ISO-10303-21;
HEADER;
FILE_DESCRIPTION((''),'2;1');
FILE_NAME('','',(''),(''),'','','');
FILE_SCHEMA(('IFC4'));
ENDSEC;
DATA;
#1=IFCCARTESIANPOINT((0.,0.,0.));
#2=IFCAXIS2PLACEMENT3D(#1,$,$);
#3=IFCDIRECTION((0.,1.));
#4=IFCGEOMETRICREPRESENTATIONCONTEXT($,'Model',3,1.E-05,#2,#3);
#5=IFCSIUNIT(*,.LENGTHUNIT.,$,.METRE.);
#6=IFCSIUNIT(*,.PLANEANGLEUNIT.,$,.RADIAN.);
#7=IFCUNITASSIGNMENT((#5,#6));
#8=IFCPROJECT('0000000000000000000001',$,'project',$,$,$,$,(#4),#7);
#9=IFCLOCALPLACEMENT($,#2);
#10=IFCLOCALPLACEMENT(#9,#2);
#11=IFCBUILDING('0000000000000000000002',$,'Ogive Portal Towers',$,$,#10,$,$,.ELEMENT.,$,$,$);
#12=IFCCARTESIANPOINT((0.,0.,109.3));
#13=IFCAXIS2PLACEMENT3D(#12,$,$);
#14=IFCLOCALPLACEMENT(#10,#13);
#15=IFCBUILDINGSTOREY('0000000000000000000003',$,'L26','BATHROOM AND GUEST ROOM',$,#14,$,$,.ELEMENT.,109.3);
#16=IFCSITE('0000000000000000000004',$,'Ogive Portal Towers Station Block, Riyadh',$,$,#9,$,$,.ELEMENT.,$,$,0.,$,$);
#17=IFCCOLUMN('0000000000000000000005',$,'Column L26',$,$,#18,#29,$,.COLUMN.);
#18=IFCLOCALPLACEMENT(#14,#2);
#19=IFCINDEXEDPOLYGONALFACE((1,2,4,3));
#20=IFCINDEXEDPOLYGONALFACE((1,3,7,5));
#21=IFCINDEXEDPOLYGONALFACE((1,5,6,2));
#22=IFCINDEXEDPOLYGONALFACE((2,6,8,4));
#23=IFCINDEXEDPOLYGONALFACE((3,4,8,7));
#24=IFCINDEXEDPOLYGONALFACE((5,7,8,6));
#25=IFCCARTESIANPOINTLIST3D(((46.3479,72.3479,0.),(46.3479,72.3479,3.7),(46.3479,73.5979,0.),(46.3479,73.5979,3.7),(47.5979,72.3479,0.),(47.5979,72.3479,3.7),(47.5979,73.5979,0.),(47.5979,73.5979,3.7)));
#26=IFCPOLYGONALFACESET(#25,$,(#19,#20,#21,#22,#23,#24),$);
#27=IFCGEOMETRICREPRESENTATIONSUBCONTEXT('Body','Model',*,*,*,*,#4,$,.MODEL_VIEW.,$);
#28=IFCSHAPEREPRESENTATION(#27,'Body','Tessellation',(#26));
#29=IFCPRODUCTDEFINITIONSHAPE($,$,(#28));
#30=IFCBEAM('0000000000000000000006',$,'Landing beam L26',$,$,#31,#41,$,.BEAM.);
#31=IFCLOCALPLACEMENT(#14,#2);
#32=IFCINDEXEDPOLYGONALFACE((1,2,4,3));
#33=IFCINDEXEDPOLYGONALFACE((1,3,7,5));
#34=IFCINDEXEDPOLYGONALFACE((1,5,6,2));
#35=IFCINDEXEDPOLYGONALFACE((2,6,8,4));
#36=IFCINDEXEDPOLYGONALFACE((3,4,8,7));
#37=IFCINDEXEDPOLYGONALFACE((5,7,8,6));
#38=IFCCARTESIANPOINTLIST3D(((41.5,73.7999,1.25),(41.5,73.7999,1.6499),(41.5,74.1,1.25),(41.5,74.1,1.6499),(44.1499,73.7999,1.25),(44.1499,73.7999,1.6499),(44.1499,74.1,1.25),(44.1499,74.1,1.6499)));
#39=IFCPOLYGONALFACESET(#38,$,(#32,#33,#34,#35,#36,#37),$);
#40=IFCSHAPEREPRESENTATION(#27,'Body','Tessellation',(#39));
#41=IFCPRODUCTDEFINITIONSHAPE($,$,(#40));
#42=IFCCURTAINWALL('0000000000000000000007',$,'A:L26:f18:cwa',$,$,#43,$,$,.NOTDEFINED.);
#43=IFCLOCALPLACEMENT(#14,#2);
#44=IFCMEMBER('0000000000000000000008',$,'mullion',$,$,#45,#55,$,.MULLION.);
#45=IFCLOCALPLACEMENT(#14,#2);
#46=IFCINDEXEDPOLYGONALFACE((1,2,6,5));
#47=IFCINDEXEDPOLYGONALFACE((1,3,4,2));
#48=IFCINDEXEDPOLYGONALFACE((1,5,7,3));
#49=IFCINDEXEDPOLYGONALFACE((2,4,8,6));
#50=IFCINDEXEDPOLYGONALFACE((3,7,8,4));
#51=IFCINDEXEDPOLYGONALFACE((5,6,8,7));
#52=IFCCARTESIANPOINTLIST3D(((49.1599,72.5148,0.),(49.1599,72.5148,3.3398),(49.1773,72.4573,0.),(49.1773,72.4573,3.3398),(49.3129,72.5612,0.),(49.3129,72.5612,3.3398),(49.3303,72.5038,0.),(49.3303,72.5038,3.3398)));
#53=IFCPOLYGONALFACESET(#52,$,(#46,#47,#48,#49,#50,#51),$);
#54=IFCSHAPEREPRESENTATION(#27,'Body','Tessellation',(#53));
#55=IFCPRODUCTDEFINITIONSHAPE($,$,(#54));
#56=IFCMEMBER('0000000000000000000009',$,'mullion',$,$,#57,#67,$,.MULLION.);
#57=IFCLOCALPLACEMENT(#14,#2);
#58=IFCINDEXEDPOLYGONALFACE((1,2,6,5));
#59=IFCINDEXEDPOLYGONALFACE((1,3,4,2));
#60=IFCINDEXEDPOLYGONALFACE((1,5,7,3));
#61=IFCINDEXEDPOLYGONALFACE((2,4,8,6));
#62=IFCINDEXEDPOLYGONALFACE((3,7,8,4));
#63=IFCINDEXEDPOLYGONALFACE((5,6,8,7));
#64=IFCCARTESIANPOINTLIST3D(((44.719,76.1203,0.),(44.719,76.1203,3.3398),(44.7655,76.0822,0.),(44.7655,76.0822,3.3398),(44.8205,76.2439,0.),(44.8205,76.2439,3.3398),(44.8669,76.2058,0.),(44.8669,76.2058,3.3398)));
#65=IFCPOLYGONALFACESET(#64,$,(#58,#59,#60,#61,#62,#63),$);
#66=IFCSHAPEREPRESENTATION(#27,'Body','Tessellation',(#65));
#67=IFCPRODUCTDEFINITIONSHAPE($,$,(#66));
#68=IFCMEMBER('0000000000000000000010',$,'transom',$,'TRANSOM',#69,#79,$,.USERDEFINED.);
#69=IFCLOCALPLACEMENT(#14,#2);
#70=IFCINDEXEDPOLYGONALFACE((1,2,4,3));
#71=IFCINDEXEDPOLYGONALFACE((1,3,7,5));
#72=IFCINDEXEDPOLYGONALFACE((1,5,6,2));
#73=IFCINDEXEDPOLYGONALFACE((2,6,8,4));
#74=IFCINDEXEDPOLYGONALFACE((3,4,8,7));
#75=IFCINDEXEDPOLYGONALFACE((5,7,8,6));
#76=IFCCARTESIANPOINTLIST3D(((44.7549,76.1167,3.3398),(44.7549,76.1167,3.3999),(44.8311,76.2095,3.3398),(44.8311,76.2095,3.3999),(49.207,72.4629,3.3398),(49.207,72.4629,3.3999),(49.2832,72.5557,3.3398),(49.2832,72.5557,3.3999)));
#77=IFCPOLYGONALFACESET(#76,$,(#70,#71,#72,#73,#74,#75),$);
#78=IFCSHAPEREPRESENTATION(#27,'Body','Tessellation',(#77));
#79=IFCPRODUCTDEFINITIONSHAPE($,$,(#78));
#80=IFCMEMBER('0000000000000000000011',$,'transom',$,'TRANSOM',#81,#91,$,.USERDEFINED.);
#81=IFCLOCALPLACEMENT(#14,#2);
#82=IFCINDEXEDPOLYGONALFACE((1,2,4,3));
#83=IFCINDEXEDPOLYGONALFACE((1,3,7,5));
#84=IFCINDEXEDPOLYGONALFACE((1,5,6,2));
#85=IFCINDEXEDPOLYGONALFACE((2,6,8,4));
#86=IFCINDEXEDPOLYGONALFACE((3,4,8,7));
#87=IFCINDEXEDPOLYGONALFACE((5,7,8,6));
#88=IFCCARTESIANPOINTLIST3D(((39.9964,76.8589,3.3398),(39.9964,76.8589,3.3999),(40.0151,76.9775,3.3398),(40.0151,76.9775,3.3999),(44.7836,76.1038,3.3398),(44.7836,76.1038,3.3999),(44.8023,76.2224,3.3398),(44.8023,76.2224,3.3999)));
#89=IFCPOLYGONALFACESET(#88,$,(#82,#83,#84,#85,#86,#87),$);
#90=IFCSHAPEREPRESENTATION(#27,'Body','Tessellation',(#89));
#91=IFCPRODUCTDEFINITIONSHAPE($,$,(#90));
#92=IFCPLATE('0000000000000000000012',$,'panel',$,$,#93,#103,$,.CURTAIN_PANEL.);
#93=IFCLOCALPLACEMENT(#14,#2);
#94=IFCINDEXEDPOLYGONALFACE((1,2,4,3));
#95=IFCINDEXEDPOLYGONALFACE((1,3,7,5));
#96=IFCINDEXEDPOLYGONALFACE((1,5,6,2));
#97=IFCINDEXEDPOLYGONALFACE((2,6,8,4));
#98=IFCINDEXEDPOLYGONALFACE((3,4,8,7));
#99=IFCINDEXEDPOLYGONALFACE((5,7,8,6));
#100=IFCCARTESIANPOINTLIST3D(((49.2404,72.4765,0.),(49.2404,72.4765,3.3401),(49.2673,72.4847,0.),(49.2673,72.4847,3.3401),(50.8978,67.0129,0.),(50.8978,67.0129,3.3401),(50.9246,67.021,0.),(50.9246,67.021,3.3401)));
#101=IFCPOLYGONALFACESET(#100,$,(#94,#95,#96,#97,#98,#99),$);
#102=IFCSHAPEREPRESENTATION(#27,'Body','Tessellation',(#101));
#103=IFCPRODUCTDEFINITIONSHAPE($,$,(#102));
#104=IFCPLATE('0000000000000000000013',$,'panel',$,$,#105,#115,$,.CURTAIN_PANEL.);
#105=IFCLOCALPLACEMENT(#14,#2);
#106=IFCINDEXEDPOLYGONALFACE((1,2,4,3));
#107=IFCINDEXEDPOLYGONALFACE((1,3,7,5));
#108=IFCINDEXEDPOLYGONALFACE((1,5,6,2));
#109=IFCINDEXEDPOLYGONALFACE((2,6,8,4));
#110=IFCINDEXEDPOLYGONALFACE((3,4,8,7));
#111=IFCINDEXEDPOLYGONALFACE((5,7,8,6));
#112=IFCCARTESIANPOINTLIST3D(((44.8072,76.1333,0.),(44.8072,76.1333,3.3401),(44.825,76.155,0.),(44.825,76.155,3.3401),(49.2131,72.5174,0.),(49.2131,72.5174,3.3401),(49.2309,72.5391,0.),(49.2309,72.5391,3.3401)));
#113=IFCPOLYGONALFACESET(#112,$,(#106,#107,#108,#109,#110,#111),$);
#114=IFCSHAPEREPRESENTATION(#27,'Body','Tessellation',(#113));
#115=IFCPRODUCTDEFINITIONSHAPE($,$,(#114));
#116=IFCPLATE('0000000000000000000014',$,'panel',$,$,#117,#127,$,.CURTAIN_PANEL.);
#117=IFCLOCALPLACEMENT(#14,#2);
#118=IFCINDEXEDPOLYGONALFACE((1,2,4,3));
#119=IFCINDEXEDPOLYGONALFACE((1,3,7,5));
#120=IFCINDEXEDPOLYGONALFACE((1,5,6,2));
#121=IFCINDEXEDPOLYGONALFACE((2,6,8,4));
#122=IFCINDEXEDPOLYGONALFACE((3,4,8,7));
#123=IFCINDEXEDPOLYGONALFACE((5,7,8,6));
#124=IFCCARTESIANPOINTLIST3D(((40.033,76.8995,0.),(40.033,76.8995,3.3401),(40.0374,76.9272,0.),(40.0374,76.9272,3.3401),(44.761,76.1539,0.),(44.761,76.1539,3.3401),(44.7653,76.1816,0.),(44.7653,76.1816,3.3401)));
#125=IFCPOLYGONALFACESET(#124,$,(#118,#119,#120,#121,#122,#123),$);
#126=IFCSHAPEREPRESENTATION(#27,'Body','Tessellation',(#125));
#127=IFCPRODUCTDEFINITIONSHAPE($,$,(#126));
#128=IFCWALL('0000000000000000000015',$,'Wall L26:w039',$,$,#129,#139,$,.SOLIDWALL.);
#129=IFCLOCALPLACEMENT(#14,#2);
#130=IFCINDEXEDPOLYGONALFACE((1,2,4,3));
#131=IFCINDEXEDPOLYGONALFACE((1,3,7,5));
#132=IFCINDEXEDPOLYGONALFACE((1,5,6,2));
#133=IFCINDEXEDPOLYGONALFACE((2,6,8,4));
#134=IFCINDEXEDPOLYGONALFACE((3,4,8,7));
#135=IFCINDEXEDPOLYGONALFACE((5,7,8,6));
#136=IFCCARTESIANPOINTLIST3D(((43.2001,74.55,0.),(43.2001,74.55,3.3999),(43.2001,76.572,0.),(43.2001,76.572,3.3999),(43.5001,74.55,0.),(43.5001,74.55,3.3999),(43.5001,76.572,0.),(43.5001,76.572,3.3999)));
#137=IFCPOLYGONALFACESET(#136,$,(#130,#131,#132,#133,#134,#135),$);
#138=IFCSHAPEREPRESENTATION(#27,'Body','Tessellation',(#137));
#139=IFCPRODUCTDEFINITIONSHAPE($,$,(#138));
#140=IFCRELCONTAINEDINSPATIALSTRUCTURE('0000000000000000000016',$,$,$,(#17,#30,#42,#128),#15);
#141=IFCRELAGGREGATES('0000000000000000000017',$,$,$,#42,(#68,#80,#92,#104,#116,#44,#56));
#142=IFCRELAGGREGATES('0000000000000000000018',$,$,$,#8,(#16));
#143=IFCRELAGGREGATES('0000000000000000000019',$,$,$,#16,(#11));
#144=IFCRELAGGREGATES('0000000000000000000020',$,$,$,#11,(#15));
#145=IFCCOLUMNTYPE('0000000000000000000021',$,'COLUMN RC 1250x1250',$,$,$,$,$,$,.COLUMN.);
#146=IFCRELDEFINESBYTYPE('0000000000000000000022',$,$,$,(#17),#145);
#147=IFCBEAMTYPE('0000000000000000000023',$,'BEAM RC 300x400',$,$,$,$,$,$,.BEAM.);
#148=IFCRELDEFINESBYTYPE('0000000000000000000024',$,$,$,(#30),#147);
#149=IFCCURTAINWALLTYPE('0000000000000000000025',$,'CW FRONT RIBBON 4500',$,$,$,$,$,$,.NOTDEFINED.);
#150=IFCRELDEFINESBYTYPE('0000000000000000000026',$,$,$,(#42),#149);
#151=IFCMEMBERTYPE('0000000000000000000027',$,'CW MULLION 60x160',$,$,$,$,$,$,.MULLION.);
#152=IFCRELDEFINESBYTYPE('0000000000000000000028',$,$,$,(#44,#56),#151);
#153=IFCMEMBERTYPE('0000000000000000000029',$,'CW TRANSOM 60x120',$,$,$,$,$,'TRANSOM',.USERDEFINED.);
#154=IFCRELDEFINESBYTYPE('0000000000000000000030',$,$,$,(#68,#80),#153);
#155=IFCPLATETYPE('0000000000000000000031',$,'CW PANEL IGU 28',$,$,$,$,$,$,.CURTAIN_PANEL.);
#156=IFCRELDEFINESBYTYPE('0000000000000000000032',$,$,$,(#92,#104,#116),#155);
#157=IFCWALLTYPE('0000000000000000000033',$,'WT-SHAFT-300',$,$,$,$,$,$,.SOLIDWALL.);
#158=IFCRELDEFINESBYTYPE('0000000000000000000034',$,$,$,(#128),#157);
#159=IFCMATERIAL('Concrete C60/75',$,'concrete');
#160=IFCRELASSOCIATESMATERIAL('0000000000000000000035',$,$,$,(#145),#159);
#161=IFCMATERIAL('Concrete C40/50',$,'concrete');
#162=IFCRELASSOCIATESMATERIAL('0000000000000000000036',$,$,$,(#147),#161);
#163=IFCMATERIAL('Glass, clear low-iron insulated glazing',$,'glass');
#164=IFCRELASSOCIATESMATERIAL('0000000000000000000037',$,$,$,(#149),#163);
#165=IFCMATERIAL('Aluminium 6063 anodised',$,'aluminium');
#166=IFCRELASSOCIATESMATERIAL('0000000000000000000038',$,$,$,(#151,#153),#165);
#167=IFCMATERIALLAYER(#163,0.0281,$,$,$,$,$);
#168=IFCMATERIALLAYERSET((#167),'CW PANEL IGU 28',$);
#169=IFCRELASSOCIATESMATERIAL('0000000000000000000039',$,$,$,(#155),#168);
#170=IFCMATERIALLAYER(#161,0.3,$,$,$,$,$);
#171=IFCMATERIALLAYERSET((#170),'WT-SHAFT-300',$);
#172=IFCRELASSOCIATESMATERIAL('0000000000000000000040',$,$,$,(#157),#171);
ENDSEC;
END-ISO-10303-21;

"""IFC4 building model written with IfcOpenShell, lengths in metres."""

from ifc_helpers import new_model, si_unit, direction, frame, frame_2d, origin, origin_2d, place, context, subcontext, project, spatial, rectangle, extrude, material, layer, layer_set, material_profile, profile_set, type_object, element, aggregate, save


model = new_model("IFC4")

# Units and contexts
model_context = context("Model", 3, precision=1e-05, world=origin(), true_north=direction((0.0, 1.0)))
body_context = subcontext(model_context, "Body", "Model", "MODEL_VIEW")
ifc_project = project(units=[si_unit("LENGTHUNIT", "METRE"), si_unit("PLANEANGLEUNIT", "RADIAN")], contexts=[model_context])

# Site, building, storey
site_placement = place(None, origin())
site = spatial("IfcSite", under=ifc_project, at=site_placement, Name="Ogive Portal Towers Station Block, Riyadh", CompositionType="ELEMENT", RefElevation=0.0)
building_placement = place(site_placement, origin())
building = spatial("IfcBuilding", under=site, at=building_placement, Name="Ogive Portal Towers", CompositionType="ELEMENT")
storey_placement = place(building_placement, frame((0.0, 0.0, 109.3)))
storey = spatial("IfcBuildingStorey", under=building, at=storey_placement, Name="L26", Description="BATHROOM AND GUEST ROOM", CompositionType="ELEMENT", Elevation=109.3)

# Column
ifc_material_1 = material(Name="Concrete C60/75", Category="concrete")
ifc_material_profile_1 = material_profile(ifc_material_1, rectangle(XDim=1.25, YDim=1.25, at=origin_2d()), Name="RC 1250x1250")
ifc_profile_set_1 = profile_set([ifc_material_profile_1], Name="Concrete C60/75")
column_type = type_object("IfcColumnType", Name="COLUMN RC 1250x1250", PredefinedType="COLUMN", material=ifc_profile_set_1)
column_placement = place(storey_placement, frame((46.9729, 72.9729, 0.0), z_axis=(0.0, 0.0, 1.0), x_axis=(1.0, 0.0, 0.0)))
element("IfcColumn", 1, at=column_placement, inside=storey, type_object=column_type, Name="Column L26", PredefinedType="COLUMN", context=body_context, shape_type="SweptSolid", body=[
    extrude(rectangle(XDim=1.25, YDim=1.25, at=origin_2d()), origin(), (0.0, 0.0, 1.0), 3.7),
])

# Beam
ifc_material_2 = material(Name="Concrete C40/50", Category="concrete")
ifc_material_profile_2 = material_profile(ifc_material_2, rectangle(XDim=0.3, YDim=0.3999, at=origin_2d()), Name="RC 300x400")
ifc_profile_set_2 = profile_set([ifc_material_profile_2], Name="Concrete C40/50")
beam_type = type_object("IfcBeamType", Name="BEAM RC 300x400", PredefinedType="BEAM", material=ifc_profile_set_2)
beam_placement = place(storey_placement, frame((41.5, 73.95, 1.45), z_axis=(1.0, 0.0, 0.0), x_axis=(0.0, 1.0, 0.0)))
element("IfcBeam", 2, at=beam_placement, inside=storey, type_object=beam_type, Name="Landing beam L26", PredefinedType="BEAM", context=body_context, shape_type="SweptSolid", body=[
    extrude(rectangle(XDim=0.3, YDim=0.3999, at=origin_2d()), origin(), (0.0, 0.0, 1.0), 2.6499),
])

# Curtain wall, members, plates
ifc_material_3 = material(Name="Glass, clear low-iron insulated glazing", Category="glass")
curtain_wall_type = type_object("IfcCurtainWallType", Name="CW FRONT RIBBON 4500", PredefinedType="NOTDEFINED", material=ifc_material_3)
curtain_wall_placement = place(storey_placement, origin())
curtain_wall = element("IfcCurtainWall", 3, at=curtain_wall_placement, inside=storey, type_object=curtain_wall_type, Name="A:L26:f18:cwa", PredefinedType="NOTDEFINED")
ifc_material_4 = material(Name="Aluminium 6063 anodised", Category="aluminium")
ifc_material_profile_3 = material_profile(ifc_material_4, rectangle(XDim=0.1599, YDim=0.0601, at=origin_2d()), Name="AL 60x160")
ifc_profile_set_3 = profile_set([ifc_material_profile_3], Name="Aluminium 6063 anodised")
member_type_1 = type_object("IfcMemberType", Name="CW MULLION 60x160", PredefinedType="MULLION", material=ifc_profile_set_3)
member_1_placement = place(storey_placement, frame((49.2451, 72.5093, 0.0), z_axis=(0.0, 0.0, 1.0), x_axis=(-0.95694, -0.290285, 0.0)))
member_1 = element("IfcMember", 4, at=member_1_placement, type_object=member_type_1, Name="mullion", PredefinedType="MULLION", context=body_context, shape_type="SweptSolid", body=[
    extrude(rectangle(XDim=0.1599, YDim=0.0601, at=origin_2d()), origin(), (0.0, 0.0, 1.0), 3.3398),
])
member_2_placement = place(storey_placement, frame((44.793, 76.1631, 0.0), z_axis=(0.0, 0.0, 1.0), x_axis=(-0.634393, -0.77301, 0.0)))
member_2 = element("IfcMember", 5, at=member_2_placement, type_object=member_type_1, Name="mullion", PredefinedType="MULLION", context=body_context, shape_type="SweptSolid", body=[
    extrude(rectangle(XDim=0.1599, YDim=0.0601, at=origin_2d()), origin(), (0.0, 0.0, 1.0), 3.3398),
])
ifc_material_profile_4 = material_profile(ifc_material_4, rectangle(XDim=0.1201, YDim=0.0601, at=origin_2d()), Name="AL 120x60")
ifc_profile_set_4 = profile_set([ifc_material_profile_4], Name="Aluminium 6063 anodised")
member_type_2 = type_object("IfcMemberType", Name="CW TRANSOM 60x120", ElementType="TRANSOM", PredefinedType="USERDEFINED", material=ifc_profile_set_4)
member_3_placement = place(storey_placement, frame((49.2451, 72.5093, 3.3699), z_axis=(-0.773008, 0.634396, 0.0), x_axis=(-0.634396, -0.773008, 0.0)))
member_3 = element("IfcMember", 6, at=member_3_placement, type_object=member_type_2, Name="transom", ObjectType="TRANSOM", PredefinedType="USERDEFINED", context=body_context, shape_type="SweptSolid", body=[
    extrude(rectangle(XDim=0.1201, YDim=0.0601, at=origin_2d()), origin(), (0.0, 0.0, 1.0), 5.7595),
])
member_4_placement = place(storey_placement, frame((44.793, 76.1631, 3.3699), z_axis=(-0.987787, 0.155807, 0.0), x_axis=(-0.155807, -0.987787, 0.0)))
member_4 = element("IfcMember", 7, at=member_4_placement, type_object=member_type_2, Name="transom", ObjectType="TRANSOM", PredefinedType="USERDEFINED", context=body_context, shape_type="SweptSolid", body=[
    extrude(rectangle(XDim=0.1201, YDim=0.0601, at=origin_2d()), origin(), (0.0, 0.0, 1.0), 4.8464),
])
ifc_layer_1 = layer(ifc_material_3, 0.0281)
ifc_layer_set_1 = layer_set([ifc_layer_1], Name="CW PANEL IGU 28")
plate_type = type_object("IfcPlateType", Name="CW PANEL IGU 28", PredefinedType="CURTAIN_PANEL", material=ifc_layer_set_1)
plate_1_placement = place(storey_placement, frame((50.0825, 69.7488, 0.0), z_axis=(0.0, 0.0, 1.0), x_axis=(-0.290285, 0.95694, 0.0)))
plate_1 = element("IfcPlate", 8, at=plate_1_placement, type_object=plate_type, Name="panel", PredefinedType="CURTAIN_PANEL", context=body_context, shape_type="SweptSolid", body=[
    extrude(rectangle(XDim=5.7095, YDim=0.0281, at=origin_2d()), origin(), (0.0, 0.0, 1.0), 3.3401),
])
plate_2_placement = place(storey_placement, frame((47.019, 74.3362, 0.0), z_axis=(0.0, 0.0, 1.0), x_axis=(-0.77301, 0.634393, 0.0)))
plate_2 = element("IfcPlate", 9, at=plate_2_placement, type_object=plate_type, Name="panel", PredefinedType="CURTAIN_PANEL", context=body_context, shape_type="SweptSolid", body=[
    extrude(rectangle(XDim=5.6997, YDim=0.0281, at=origin_2d()), origin(), (0.0, 0.0, 1.0), 3.3401),
])
plate_3_placement = place(storey_placement, frame((42.3992, 76.5405, 0.0), z_axis=(0.0, 0.0, 1.0), x_axis=(-0.987792, 0.155777, 0.0)))
plate_3 = element("IfcPlate", 10, at=plate_3_placement, type_object=plate_type, Name="panel", PredefinedType="CURTAIN_PANEL", context=body_context, shape_type="SweptSolid", body=[
    extrude(rectangle(XDim=4.7864, YDim=0.0281, at=origin_2d()), origin(), (0.0, 0.0, 1.0), 3.3401),
])
aggregate(curtain_wall, [member_3, member_4, plate_1, plate_2, plate_3, member_1, member_2])

# Wall
ifc_layer_2 = layer(ifc_material_2, 0.3)
ifc_layer_set_2 = layer_set([ifc_layer_2], Name="WT-SHAFT-300")
wall_type = type_object("IfcWallType", Name="WT-SHAFT-300", PredefinedType="SOLIDWALL", material=ifc_layer_set_2)
wall_placement = place(storey_placement, frame((43.3501, 74.55, 0.0), z_axis=(0.0, 0.0, 1.0), x_axis=(0.0, 1.0, 0.0)))
element("IfcWall", 11, at=wall_placement, inside=storey, type_object=wall_type, Name="Wall L26:w039", PredefinedType="SOLIDWALL", context=body_context, shape_type="SweptSolid", body=[
    extrude(rectangle(XDim=2.022, YDim=0.3, at=frame_2d((1.011, 0.0))), origin(), (0.0, 0.0, 1.0), 3.3999),
])

save(model, "model.ifc")
